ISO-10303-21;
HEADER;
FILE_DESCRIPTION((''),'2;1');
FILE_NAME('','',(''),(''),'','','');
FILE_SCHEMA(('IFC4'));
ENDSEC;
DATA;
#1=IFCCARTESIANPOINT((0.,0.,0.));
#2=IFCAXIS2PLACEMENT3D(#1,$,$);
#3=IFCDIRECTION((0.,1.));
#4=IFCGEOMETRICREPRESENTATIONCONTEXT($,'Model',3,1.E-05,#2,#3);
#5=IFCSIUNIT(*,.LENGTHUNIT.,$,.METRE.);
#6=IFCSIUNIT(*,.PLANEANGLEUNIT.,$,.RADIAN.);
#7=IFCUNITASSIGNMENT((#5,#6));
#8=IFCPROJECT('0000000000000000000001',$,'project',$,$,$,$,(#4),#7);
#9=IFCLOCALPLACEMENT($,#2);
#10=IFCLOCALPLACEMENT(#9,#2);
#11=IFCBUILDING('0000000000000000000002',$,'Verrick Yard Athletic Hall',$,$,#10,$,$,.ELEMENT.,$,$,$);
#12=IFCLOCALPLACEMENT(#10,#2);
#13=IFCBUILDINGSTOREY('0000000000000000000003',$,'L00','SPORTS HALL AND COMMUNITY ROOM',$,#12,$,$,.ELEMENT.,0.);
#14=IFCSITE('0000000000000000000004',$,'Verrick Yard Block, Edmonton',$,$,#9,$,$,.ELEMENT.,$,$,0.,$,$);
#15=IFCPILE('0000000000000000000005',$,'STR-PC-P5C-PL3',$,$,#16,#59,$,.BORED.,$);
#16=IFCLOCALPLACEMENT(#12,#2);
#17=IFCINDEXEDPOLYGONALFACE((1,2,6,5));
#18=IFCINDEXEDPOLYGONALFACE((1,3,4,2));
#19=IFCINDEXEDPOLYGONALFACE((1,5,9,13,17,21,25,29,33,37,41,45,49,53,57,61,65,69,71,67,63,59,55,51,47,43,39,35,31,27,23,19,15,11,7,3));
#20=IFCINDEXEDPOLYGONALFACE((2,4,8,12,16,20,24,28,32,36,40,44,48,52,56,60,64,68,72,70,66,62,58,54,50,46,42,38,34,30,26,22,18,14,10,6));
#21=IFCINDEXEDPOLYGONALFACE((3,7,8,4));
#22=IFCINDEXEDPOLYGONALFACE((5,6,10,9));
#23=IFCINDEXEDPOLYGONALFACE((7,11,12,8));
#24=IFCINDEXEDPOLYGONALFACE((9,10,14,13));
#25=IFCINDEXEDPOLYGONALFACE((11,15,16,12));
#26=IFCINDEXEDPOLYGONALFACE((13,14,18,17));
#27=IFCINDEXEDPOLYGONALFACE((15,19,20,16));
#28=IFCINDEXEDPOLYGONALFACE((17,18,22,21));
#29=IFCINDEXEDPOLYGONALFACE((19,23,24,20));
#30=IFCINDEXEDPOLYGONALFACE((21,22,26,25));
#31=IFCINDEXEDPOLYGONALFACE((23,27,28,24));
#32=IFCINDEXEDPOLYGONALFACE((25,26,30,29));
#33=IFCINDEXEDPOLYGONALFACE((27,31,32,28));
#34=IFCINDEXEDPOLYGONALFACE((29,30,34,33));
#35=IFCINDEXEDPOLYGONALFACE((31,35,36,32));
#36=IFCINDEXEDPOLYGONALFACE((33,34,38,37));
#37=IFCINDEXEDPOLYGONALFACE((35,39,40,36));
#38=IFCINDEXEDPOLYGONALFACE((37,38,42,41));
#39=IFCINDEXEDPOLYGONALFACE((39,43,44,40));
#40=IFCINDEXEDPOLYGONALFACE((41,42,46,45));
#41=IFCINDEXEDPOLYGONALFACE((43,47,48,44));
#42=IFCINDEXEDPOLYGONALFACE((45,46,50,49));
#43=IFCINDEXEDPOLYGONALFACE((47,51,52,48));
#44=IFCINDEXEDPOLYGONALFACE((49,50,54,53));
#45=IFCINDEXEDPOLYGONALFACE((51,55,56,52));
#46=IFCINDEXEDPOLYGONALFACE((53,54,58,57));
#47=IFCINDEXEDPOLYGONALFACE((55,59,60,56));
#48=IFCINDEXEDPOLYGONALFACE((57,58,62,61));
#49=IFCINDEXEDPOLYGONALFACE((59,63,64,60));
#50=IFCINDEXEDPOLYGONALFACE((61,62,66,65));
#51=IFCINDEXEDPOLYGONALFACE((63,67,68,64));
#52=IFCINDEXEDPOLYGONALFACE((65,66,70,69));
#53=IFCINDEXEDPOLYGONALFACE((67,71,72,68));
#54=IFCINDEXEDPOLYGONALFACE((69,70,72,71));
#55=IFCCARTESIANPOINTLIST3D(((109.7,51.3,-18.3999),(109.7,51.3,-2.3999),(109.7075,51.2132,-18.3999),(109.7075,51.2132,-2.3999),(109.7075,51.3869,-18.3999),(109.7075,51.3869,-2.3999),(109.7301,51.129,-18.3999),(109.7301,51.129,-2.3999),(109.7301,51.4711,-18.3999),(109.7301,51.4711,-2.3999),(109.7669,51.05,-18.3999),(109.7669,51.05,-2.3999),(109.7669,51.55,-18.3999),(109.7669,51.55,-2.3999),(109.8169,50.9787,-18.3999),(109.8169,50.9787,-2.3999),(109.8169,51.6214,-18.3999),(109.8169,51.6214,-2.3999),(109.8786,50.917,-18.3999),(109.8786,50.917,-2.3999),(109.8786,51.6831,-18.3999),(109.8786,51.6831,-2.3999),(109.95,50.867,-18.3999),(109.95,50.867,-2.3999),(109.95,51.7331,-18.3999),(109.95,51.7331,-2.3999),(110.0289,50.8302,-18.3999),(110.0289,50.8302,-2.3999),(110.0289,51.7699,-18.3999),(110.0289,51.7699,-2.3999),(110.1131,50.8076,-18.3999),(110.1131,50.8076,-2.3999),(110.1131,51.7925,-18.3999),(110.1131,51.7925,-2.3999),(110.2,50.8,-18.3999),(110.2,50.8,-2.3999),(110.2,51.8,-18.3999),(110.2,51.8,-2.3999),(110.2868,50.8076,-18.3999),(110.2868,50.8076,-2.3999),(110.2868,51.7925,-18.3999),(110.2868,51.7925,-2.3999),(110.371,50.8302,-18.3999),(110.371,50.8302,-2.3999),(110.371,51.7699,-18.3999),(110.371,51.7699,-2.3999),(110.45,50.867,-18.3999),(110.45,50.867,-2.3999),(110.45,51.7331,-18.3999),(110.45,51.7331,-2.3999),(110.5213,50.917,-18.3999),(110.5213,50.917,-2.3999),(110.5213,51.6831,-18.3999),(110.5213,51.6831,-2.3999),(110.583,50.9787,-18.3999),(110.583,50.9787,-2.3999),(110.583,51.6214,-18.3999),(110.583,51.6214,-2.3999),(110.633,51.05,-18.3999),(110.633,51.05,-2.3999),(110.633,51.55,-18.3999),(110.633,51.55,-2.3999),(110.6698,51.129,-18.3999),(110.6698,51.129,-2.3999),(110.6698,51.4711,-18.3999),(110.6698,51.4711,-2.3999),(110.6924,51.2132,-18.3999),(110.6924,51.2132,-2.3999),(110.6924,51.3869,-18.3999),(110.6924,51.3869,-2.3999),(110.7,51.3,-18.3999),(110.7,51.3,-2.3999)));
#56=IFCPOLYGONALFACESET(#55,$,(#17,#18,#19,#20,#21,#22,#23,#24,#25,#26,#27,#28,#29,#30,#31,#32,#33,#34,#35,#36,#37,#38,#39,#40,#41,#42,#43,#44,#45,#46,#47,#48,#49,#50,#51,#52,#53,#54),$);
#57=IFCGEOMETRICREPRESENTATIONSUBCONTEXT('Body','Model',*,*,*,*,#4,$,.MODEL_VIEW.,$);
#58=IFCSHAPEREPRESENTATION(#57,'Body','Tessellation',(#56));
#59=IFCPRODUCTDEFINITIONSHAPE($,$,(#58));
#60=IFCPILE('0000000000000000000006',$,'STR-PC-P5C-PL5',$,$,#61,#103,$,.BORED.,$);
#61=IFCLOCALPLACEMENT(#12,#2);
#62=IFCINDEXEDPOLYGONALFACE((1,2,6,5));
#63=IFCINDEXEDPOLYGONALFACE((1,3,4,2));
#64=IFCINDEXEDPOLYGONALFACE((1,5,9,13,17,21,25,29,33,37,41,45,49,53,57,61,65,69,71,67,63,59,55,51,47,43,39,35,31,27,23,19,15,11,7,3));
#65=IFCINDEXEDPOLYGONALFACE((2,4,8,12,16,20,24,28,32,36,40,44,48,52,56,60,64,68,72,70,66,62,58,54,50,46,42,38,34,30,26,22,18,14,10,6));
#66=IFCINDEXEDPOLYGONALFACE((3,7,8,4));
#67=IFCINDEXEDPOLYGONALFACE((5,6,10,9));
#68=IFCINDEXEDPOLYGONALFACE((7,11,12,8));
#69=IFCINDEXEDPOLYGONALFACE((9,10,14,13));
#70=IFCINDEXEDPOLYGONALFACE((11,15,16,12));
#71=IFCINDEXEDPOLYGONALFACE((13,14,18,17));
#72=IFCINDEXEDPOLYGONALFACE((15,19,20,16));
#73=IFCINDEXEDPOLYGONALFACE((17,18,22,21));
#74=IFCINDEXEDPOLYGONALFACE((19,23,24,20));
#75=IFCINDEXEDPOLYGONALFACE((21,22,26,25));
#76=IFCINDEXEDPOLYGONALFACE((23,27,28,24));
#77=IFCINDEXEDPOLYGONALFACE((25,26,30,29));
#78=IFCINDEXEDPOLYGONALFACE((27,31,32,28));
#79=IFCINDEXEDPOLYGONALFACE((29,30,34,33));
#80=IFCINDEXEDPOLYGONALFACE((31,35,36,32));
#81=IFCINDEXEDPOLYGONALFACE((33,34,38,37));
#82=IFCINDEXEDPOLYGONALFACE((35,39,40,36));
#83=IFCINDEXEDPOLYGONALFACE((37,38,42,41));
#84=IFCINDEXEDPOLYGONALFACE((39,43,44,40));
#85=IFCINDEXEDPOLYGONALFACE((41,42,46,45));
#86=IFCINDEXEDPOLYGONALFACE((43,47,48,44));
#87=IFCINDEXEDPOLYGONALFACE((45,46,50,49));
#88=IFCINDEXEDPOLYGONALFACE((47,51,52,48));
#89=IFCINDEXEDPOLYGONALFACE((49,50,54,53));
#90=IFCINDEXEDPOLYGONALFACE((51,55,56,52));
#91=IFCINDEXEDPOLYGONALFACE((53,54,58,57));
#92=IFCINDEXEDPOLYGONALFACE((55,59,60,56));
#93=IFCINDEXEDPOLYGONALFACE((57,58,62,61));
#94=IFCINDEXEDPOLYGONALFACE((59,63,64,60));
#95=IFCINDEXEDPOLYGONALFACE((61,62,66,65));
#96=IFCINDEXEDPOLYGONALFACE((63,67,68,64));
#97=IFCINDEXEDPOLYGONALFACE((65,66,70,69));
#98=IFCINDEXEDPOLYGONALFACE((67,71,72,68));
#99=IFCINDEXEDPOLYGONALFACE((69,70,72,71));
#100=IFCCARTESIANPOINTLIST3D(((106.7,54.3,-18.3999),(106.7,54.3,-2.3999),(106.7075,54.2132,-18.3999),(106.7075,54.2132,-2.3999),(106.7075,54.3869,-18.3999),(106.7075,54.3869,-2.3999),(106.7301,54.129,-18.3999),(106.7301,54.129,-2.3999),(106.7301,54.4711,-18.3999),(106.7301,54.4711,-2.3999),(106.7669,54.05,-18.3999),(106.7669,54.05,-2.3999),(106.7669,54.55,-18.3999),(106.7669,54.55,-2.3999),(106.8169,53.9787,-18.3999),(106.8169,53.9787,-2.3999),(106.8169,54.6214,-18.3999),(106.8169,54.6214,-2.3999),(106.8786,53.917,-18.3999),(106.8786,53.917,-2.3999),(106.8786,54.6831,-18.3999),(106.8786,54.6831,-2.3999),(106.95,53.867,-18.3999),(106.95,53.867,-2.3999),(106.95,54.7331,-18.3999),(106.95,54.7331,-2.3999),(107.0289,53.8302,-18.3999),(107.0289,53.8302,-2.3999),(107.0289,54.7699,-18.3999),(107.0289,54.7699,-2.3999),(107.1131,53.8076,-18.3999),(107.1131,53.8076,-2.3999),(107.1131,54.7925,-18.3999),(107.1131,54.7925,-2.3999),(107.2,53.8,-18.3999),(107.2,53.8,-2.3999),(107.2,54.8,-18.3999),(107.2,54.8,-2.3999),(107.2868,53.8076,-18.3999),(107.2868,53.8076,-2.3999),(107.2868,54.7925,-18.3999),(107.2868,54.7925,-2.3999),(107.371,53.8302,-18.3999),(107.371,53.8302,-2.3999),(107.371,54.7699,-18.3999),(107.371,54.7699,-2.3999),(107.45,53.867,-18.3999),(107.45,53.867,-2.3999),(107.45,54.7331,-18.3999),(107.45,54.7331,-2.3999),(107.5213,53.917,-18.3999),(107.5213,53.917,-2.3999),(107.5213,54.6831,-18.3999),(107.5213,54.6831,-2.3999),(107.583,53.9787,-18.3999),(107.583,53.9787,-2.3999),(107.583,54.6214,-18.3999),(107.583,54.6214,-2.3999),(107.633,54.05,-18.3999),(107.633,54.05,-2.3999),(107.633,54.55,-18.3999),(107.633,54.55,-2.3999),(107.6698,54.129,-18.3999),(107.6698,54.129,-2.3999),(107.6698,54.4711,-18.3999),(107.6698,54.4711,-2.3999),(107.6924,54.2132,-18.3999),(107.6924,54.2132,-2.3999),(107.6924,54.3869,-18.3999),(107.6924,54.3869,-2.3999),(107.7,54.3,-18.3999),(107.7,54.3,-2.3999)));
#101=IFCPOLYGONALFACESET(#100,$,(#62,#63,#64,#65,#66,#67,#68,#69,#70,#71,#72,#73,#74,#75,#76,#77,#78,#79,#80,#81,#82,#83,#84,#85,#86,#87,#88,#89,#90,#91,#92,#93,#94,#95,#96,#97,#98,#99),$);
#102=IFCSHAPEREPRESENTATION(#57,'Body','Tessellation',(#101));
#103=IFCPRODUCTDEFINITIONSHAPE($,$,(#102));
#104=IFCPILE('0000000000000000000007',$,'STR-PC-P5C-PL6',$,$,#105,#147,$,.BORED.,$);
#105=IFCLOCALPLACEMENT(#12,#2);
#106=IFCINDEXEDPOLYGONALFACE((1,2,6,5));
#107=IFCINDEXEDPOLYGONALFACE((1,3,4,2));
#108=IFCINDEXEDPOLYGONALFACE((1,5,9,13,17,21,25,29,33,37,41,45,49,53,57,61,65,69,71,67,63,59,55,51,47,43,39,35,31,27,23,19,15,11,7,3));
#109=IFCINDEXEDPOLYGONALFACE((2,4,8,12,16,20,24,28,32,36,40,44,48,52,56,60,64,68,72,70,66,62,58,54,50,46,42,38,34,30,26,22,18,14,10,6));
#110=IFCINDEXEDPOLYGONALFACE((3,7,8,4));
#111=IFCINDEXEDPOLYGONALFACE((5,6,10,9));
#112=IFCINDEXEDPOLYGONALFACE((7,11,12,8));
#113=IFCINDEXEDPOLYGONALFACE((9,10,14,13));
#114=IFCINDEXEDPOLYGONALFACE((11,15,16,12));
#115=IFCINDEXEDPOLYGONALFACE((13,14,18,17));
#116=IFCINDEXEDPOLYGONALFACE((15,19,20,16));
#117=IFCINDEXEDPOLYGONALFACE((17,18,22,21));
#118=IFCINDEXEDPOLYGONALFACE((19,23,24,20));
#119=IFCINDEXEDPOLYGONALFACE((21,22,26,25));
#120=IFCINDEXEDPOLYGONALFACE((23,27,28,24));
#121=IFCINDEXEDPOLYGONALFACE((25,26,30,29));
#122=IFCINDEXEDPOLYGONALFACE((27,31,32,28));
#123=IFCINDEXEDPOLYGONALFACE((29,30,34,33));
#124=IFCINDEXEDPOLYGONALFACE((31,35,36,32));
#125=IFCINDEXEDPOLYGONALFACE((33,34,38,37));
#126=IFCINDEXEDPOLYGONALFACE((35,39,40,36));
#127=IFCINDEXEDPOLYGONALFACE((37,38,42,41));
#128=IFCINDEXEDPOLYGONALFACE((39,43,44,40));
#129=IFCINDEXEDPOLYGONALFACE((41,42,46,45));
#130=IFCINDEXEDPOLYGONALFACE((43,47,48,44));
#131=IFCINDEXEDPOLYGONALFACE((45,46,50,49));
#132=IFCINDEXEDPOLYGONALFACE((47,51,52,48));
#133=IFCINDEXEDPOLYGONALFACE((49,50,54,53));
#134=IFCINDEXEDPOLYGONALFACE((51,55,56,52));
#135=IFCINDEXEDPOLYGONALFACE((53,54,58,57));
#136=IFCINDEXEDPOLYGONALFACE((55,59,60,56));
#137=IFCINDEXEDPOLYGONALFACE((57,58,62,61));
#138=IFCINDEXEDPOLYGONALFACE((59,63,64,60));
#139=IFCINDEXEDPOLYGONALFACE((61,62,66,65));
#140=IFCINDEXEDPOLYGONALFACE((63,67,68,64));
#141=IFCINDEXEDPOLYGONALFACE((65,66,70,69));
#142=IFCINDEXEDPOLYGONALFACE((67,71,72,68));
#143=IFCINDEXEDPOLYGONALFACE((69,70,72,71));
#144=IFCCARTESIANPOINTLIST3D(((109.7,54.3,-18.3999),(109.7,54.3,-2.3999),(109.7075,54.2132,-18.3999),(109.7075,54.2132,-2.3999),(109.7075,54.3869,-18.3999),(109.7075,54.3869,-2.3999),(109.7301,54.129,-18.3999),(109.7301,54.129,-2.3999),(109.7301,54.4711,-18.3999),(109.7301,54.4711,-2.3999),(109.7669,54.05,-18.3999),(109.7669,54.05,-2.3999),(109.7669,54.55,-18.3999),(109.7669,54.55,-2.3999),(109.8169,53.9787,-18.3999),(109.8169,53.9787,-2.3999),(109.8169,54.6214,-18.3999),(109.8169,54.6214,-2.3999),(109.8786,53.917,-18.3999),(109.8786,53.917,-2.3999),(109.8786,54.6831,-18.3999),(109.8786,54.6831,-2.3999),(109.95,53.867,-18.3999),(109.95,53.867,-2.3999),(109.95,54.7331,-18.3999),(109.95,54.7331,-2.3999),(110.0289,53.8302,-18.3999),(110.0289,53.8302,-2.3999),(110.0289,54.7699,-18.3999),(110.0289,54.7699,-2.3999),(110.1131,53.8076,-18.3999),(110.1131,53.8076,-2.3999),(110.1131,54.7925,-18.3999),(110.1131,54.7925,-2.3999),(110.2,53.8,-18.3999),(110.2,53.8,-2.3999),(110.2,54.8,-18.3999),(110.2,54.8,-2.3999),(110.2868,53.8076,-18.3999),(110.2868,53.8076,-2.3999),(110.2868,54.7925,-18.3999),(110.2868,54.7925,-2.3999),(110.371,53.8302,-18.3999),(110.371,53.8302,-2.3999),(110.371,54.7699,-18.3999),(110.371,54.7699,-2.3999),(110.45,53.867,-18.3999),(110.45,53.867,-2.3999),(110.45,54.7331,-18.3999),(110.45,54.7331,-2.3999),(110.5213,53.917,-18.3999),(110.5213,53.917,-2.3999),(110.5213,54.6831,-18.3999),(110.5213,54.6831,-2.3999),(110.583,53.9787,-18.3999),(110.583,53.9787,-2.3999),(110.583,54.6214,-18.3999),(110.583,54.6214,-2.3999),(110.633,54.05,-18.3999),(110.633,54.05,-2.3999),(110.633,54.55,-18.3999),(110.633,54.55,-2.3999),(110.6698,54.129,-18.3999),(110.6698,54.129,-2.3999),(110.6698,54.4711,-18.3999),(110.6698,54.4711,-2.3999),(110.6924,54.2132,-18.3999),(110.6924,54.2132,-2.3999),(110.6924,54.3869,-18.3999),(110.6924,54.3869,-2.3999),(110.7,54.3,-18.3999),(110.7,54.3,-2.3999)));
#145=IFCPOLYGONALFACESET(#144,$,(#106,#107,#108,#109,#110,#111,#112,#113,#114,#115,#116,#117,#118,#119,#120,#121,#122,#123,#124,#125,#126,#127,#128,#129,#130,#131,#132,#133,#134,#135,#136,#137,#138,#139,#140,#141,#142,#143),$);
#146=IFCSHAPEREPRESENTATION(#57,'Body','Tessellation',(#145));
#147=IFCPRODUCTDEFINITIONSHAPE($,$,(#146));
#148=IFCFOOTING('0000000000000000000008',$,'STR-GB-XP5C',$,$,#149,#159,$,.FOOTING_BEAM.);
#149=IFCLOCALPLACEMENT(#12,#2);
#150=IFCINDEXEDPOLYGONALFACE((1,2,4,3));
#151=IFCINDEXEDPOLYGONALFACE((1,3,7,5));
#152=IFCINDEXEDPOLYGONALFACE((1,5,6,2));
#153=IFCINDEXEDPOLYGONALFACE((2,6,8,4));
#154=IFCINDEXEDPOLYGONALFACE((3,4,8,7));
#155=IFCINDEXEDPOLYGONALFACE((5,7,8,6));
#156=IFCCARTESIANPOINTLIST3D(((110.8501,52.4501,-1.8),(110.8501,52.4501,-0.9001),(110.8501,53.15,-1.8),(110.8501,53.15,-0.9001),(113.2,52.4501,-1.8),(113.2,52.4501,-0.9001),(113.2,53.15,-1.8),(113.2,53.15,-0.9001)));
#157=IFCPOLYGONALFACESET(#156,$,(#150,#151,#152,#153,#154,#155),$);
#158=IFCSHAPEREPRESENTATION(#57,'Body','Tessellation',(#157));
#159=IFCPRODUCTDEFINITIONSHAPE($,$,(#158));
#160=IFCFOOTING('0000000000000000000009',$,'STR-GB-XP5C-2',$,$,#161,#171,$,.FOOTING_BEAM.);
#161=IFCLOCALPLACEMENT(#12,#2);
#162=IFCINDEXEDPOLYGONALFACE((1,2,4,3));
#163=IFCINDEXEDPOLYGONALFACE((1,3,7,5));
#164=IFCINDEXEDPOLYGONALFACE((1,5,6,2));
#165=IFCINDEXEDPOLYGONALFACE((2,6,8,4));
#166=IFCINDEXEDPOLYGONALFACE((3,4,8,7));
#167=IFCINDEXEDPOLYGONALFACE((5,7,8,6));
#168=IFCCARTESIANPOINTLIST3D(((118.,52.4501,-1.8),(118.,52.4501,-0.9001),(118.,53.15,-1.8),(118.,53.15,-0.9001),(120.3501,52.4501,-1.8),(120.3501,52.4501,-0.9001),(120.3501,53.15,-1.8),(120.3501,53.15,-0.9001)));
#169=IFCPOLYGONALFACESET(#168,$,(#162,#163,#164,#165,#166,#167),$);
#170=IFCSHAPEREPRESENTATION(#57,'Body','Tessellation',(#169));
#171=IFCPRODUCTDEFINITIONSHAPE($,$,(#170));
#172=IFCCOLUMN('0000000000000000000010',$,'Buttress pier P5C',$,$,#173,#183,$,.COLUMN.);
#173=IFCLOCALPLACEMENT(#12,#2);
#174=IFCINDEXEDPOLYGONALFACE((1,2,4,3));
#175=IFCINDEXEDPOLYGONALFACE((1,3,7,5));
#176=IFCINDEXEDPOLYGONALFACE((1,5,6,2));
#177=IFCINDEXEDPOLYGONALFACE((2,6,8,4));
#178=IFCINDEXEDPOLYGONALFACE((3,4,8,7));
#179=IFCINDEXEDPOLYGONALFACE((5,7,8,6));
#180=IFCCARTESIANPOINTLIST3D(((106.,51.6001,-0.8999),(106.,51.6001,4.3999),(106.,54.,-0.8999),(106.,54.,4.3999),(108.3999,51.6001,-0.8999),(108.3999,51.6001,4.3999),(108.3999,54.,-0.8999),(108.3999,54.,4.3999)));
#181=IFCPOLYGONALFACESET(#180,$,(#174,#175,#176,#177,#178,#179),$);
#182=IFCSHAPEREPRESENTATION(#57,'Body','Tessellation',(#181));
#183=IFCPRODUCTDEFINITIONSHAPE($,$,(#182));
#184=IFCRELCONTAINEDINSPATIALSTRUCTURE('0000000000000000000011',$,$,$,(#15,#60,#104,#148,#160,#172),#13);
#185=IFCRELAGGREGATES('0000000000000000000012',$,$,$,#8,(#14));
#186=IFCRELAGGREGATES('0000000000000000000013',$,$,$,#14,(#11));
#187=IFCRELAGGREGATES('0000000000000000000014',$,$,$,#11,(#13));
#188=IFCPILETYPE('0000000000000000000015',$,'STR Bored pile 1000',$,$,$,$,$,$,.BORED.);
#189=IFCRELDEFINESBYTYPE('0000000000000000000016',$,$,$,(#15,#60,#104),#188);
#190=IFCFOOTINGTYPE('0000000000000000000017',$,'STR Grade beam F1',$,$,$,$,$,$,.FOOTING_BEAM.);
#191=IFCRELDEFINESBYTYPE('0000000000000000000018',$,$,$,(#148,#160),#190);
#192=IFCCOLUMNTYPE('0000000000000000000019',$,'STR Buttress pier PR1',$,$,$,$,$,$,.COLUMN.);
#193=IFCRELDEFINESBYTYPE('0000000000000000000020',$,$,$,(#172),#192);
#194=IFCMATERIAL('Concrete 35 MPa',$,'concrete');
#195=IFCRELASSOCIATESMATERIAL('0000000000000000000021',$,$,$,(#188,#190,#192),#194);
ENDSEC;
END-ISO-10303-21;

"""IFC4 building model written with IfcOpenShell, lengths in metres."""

from ifc_helpers import new_model, si_unit, direction, frame, origin, origin_2d, place, context, subcontext, project, spatial, rectangle, circle, extrude, material, material_profile, profile_set, type_object, element, save


model = new_model("IFC4")

# Units and contexts
model_context = context("Model", 3, precision=1e-05, world=origin(), true_north=direction((0.0, 1.0)))
body_context = subcontext(model_context, "Body", "Model", "MODEL_VIEW")
ifc_project = project(units=[si_unit("LENGTHUNIT", "METRE"), si_unit("PLANEANGLEUNIT", "RADIAN")], contexts=[model_context])

# Site, building, storey
site_placement = place(None, origin())
site = spatial("IfcSite", under=ifc_project, at=site_placement, Name="Verrick Yard Block, Edmonton", CompositionType="ELEMENT", RefElevation=0.0)
building_placement = place(site_placement, origin())
building = spatial("IfcBuilding", under=site, at=building_placement, Name="Verrick Yard Athletic Hall", CompositionType="ELEMENT")
storey_placement = place(building_placement, origin())
storey = spatial("IfcBuildingStorey", under=building, at=storey_placement, Name="L00", Description="SPORTS HALL AND COMMUNITY ROOM", CompositionType="ELEMENT", Elevation=0.0)

# Piles
ifc_material_1 = material(Name="Concrete 35 MPa", Category="concrete")
pile_type_1 = type_object("IfcPileType", Name="STR Bored pile 1000", PredefinedType="BORED", material=ifc_material_1)
for number, where, z_axis, x_axis, name in (
    (1, (110.2, 51.3, -2.3999), (0.0, 0.0, -1.0), (1.0, 0.0, 0.0), "STR-PC-P5C-PL3"),
    (2, (107.2, 54.3, -2.3999), (0.0, 0.0, -1.0), (1.0, 0.0, 0.0), "STR-PC-P5C-PL5"),
    (3, (110.2, 54.3, -2.3999), (0.0, 0.0, -1.0), (1.0, 0.0, 0.0), "STR-PC-P5C-PL6"),
):
    element("IfcPile", number, at=place(storey_placement, frame(where, z_axis=z_axis, x_axis=x_axis)), inside=storey, type_object=pile_type_1, Name=name, PredefinedType="BORED", context=body_context, shape_type="SweptSolid", body=[
        extrude(circle(Radius=0.5, at=origin_2d()), origin(), (0.0, 0.0, 1.0), 16.0),
    ])

# Footings
ifc_material_profile_1 = material_profile(ifc_material_1, rectangle(XDim=0.7, YDim=0.8999, at=origin_2d()), Name="STR Grade beam F1")
ifc_profile_set_1 = profile_set([ifc_material_profile_1], Name="Concrete 35 MPa")
footing_type = type_object("IfcFootingType", Name="STR Grade beam F1", PredefinedType="FOOTING_BEAM", material=ifc_profile_set_1)
footing_1_placement = place(storey_placement, frame((110.8501, 52.8, -1.3501), z_axis=(1.0, 0.0, 0.0), x_axis=(0.0, 1.0, 0.0)))
element("IfcFooting", 4, at=footing_1_placement, inside=storey, type_object=footing_type, Name="STR-GB-XP5C", PredefinedType="FOOTING_BEAM", context=body_context, shape_type="SweptSolid", body=[
    extrude(rectangle(XDim=0.7, YDim=0.8999, at=origin_2d()), origin(), (0.0, 0.0, 1.0), 2.3499),
])
footing_2_placement = place(storey_placement, frame((118.0, 52.8, -1.3501), z_axis=(1.0, 0.0, 0.0), x_axis=(0.0, 1.0, 0.0)))
element("IfcFooting", 5, at=footing_2_placement, inside=storey, type_object=footing_type, Name="STR-GB-XP5C-2", PredefinedType="FOOTING_BEAM", context=body_context, shape_type="SweptSolid", body=[
    extrude(rectangle(XDim=0.7, YDim=0.8999, at=origin_2d()), origin(), (0.0, 0.0, 1.0), 2.3501),
])

# Column
ifc_material_profile_2 = material_profile(ifc_material_1, rectangle(XDim=2.3999, YDim=2.3999, at=origin_2d()), Name="STR Buttress pier PR1")
ifc_profile_set_2 = profile_set([ifc_material_profile_2], Name="Concrete 35 MPa")
column_type = type_object("IfcColumnType", Name="STR Buttress pier PR1", PredefinedType="COLUMN", material=ifc_profile_set_2)
column_placement = place(storey_placement, frame((107.2, 52.8, -0.8999), z_axis=(0.0, 0.0, 1.0), x_axis=(1.0, 0.0, 0.0)))
element("IfcColumn", 6, at=column_placement, inside=storey, type_object=column_type, Name="Buttress pier P5C", PredefinedType="COLUMN", context=body_context, shape_type="SweptSolid", body=[
    extrude(rectangle(XDim=2.3999, YDim=2.3999, at=origin_2d()), origin(), (0.0, 0.0, 1.0), 5.2998),
])

save(model, "model.ifc")
